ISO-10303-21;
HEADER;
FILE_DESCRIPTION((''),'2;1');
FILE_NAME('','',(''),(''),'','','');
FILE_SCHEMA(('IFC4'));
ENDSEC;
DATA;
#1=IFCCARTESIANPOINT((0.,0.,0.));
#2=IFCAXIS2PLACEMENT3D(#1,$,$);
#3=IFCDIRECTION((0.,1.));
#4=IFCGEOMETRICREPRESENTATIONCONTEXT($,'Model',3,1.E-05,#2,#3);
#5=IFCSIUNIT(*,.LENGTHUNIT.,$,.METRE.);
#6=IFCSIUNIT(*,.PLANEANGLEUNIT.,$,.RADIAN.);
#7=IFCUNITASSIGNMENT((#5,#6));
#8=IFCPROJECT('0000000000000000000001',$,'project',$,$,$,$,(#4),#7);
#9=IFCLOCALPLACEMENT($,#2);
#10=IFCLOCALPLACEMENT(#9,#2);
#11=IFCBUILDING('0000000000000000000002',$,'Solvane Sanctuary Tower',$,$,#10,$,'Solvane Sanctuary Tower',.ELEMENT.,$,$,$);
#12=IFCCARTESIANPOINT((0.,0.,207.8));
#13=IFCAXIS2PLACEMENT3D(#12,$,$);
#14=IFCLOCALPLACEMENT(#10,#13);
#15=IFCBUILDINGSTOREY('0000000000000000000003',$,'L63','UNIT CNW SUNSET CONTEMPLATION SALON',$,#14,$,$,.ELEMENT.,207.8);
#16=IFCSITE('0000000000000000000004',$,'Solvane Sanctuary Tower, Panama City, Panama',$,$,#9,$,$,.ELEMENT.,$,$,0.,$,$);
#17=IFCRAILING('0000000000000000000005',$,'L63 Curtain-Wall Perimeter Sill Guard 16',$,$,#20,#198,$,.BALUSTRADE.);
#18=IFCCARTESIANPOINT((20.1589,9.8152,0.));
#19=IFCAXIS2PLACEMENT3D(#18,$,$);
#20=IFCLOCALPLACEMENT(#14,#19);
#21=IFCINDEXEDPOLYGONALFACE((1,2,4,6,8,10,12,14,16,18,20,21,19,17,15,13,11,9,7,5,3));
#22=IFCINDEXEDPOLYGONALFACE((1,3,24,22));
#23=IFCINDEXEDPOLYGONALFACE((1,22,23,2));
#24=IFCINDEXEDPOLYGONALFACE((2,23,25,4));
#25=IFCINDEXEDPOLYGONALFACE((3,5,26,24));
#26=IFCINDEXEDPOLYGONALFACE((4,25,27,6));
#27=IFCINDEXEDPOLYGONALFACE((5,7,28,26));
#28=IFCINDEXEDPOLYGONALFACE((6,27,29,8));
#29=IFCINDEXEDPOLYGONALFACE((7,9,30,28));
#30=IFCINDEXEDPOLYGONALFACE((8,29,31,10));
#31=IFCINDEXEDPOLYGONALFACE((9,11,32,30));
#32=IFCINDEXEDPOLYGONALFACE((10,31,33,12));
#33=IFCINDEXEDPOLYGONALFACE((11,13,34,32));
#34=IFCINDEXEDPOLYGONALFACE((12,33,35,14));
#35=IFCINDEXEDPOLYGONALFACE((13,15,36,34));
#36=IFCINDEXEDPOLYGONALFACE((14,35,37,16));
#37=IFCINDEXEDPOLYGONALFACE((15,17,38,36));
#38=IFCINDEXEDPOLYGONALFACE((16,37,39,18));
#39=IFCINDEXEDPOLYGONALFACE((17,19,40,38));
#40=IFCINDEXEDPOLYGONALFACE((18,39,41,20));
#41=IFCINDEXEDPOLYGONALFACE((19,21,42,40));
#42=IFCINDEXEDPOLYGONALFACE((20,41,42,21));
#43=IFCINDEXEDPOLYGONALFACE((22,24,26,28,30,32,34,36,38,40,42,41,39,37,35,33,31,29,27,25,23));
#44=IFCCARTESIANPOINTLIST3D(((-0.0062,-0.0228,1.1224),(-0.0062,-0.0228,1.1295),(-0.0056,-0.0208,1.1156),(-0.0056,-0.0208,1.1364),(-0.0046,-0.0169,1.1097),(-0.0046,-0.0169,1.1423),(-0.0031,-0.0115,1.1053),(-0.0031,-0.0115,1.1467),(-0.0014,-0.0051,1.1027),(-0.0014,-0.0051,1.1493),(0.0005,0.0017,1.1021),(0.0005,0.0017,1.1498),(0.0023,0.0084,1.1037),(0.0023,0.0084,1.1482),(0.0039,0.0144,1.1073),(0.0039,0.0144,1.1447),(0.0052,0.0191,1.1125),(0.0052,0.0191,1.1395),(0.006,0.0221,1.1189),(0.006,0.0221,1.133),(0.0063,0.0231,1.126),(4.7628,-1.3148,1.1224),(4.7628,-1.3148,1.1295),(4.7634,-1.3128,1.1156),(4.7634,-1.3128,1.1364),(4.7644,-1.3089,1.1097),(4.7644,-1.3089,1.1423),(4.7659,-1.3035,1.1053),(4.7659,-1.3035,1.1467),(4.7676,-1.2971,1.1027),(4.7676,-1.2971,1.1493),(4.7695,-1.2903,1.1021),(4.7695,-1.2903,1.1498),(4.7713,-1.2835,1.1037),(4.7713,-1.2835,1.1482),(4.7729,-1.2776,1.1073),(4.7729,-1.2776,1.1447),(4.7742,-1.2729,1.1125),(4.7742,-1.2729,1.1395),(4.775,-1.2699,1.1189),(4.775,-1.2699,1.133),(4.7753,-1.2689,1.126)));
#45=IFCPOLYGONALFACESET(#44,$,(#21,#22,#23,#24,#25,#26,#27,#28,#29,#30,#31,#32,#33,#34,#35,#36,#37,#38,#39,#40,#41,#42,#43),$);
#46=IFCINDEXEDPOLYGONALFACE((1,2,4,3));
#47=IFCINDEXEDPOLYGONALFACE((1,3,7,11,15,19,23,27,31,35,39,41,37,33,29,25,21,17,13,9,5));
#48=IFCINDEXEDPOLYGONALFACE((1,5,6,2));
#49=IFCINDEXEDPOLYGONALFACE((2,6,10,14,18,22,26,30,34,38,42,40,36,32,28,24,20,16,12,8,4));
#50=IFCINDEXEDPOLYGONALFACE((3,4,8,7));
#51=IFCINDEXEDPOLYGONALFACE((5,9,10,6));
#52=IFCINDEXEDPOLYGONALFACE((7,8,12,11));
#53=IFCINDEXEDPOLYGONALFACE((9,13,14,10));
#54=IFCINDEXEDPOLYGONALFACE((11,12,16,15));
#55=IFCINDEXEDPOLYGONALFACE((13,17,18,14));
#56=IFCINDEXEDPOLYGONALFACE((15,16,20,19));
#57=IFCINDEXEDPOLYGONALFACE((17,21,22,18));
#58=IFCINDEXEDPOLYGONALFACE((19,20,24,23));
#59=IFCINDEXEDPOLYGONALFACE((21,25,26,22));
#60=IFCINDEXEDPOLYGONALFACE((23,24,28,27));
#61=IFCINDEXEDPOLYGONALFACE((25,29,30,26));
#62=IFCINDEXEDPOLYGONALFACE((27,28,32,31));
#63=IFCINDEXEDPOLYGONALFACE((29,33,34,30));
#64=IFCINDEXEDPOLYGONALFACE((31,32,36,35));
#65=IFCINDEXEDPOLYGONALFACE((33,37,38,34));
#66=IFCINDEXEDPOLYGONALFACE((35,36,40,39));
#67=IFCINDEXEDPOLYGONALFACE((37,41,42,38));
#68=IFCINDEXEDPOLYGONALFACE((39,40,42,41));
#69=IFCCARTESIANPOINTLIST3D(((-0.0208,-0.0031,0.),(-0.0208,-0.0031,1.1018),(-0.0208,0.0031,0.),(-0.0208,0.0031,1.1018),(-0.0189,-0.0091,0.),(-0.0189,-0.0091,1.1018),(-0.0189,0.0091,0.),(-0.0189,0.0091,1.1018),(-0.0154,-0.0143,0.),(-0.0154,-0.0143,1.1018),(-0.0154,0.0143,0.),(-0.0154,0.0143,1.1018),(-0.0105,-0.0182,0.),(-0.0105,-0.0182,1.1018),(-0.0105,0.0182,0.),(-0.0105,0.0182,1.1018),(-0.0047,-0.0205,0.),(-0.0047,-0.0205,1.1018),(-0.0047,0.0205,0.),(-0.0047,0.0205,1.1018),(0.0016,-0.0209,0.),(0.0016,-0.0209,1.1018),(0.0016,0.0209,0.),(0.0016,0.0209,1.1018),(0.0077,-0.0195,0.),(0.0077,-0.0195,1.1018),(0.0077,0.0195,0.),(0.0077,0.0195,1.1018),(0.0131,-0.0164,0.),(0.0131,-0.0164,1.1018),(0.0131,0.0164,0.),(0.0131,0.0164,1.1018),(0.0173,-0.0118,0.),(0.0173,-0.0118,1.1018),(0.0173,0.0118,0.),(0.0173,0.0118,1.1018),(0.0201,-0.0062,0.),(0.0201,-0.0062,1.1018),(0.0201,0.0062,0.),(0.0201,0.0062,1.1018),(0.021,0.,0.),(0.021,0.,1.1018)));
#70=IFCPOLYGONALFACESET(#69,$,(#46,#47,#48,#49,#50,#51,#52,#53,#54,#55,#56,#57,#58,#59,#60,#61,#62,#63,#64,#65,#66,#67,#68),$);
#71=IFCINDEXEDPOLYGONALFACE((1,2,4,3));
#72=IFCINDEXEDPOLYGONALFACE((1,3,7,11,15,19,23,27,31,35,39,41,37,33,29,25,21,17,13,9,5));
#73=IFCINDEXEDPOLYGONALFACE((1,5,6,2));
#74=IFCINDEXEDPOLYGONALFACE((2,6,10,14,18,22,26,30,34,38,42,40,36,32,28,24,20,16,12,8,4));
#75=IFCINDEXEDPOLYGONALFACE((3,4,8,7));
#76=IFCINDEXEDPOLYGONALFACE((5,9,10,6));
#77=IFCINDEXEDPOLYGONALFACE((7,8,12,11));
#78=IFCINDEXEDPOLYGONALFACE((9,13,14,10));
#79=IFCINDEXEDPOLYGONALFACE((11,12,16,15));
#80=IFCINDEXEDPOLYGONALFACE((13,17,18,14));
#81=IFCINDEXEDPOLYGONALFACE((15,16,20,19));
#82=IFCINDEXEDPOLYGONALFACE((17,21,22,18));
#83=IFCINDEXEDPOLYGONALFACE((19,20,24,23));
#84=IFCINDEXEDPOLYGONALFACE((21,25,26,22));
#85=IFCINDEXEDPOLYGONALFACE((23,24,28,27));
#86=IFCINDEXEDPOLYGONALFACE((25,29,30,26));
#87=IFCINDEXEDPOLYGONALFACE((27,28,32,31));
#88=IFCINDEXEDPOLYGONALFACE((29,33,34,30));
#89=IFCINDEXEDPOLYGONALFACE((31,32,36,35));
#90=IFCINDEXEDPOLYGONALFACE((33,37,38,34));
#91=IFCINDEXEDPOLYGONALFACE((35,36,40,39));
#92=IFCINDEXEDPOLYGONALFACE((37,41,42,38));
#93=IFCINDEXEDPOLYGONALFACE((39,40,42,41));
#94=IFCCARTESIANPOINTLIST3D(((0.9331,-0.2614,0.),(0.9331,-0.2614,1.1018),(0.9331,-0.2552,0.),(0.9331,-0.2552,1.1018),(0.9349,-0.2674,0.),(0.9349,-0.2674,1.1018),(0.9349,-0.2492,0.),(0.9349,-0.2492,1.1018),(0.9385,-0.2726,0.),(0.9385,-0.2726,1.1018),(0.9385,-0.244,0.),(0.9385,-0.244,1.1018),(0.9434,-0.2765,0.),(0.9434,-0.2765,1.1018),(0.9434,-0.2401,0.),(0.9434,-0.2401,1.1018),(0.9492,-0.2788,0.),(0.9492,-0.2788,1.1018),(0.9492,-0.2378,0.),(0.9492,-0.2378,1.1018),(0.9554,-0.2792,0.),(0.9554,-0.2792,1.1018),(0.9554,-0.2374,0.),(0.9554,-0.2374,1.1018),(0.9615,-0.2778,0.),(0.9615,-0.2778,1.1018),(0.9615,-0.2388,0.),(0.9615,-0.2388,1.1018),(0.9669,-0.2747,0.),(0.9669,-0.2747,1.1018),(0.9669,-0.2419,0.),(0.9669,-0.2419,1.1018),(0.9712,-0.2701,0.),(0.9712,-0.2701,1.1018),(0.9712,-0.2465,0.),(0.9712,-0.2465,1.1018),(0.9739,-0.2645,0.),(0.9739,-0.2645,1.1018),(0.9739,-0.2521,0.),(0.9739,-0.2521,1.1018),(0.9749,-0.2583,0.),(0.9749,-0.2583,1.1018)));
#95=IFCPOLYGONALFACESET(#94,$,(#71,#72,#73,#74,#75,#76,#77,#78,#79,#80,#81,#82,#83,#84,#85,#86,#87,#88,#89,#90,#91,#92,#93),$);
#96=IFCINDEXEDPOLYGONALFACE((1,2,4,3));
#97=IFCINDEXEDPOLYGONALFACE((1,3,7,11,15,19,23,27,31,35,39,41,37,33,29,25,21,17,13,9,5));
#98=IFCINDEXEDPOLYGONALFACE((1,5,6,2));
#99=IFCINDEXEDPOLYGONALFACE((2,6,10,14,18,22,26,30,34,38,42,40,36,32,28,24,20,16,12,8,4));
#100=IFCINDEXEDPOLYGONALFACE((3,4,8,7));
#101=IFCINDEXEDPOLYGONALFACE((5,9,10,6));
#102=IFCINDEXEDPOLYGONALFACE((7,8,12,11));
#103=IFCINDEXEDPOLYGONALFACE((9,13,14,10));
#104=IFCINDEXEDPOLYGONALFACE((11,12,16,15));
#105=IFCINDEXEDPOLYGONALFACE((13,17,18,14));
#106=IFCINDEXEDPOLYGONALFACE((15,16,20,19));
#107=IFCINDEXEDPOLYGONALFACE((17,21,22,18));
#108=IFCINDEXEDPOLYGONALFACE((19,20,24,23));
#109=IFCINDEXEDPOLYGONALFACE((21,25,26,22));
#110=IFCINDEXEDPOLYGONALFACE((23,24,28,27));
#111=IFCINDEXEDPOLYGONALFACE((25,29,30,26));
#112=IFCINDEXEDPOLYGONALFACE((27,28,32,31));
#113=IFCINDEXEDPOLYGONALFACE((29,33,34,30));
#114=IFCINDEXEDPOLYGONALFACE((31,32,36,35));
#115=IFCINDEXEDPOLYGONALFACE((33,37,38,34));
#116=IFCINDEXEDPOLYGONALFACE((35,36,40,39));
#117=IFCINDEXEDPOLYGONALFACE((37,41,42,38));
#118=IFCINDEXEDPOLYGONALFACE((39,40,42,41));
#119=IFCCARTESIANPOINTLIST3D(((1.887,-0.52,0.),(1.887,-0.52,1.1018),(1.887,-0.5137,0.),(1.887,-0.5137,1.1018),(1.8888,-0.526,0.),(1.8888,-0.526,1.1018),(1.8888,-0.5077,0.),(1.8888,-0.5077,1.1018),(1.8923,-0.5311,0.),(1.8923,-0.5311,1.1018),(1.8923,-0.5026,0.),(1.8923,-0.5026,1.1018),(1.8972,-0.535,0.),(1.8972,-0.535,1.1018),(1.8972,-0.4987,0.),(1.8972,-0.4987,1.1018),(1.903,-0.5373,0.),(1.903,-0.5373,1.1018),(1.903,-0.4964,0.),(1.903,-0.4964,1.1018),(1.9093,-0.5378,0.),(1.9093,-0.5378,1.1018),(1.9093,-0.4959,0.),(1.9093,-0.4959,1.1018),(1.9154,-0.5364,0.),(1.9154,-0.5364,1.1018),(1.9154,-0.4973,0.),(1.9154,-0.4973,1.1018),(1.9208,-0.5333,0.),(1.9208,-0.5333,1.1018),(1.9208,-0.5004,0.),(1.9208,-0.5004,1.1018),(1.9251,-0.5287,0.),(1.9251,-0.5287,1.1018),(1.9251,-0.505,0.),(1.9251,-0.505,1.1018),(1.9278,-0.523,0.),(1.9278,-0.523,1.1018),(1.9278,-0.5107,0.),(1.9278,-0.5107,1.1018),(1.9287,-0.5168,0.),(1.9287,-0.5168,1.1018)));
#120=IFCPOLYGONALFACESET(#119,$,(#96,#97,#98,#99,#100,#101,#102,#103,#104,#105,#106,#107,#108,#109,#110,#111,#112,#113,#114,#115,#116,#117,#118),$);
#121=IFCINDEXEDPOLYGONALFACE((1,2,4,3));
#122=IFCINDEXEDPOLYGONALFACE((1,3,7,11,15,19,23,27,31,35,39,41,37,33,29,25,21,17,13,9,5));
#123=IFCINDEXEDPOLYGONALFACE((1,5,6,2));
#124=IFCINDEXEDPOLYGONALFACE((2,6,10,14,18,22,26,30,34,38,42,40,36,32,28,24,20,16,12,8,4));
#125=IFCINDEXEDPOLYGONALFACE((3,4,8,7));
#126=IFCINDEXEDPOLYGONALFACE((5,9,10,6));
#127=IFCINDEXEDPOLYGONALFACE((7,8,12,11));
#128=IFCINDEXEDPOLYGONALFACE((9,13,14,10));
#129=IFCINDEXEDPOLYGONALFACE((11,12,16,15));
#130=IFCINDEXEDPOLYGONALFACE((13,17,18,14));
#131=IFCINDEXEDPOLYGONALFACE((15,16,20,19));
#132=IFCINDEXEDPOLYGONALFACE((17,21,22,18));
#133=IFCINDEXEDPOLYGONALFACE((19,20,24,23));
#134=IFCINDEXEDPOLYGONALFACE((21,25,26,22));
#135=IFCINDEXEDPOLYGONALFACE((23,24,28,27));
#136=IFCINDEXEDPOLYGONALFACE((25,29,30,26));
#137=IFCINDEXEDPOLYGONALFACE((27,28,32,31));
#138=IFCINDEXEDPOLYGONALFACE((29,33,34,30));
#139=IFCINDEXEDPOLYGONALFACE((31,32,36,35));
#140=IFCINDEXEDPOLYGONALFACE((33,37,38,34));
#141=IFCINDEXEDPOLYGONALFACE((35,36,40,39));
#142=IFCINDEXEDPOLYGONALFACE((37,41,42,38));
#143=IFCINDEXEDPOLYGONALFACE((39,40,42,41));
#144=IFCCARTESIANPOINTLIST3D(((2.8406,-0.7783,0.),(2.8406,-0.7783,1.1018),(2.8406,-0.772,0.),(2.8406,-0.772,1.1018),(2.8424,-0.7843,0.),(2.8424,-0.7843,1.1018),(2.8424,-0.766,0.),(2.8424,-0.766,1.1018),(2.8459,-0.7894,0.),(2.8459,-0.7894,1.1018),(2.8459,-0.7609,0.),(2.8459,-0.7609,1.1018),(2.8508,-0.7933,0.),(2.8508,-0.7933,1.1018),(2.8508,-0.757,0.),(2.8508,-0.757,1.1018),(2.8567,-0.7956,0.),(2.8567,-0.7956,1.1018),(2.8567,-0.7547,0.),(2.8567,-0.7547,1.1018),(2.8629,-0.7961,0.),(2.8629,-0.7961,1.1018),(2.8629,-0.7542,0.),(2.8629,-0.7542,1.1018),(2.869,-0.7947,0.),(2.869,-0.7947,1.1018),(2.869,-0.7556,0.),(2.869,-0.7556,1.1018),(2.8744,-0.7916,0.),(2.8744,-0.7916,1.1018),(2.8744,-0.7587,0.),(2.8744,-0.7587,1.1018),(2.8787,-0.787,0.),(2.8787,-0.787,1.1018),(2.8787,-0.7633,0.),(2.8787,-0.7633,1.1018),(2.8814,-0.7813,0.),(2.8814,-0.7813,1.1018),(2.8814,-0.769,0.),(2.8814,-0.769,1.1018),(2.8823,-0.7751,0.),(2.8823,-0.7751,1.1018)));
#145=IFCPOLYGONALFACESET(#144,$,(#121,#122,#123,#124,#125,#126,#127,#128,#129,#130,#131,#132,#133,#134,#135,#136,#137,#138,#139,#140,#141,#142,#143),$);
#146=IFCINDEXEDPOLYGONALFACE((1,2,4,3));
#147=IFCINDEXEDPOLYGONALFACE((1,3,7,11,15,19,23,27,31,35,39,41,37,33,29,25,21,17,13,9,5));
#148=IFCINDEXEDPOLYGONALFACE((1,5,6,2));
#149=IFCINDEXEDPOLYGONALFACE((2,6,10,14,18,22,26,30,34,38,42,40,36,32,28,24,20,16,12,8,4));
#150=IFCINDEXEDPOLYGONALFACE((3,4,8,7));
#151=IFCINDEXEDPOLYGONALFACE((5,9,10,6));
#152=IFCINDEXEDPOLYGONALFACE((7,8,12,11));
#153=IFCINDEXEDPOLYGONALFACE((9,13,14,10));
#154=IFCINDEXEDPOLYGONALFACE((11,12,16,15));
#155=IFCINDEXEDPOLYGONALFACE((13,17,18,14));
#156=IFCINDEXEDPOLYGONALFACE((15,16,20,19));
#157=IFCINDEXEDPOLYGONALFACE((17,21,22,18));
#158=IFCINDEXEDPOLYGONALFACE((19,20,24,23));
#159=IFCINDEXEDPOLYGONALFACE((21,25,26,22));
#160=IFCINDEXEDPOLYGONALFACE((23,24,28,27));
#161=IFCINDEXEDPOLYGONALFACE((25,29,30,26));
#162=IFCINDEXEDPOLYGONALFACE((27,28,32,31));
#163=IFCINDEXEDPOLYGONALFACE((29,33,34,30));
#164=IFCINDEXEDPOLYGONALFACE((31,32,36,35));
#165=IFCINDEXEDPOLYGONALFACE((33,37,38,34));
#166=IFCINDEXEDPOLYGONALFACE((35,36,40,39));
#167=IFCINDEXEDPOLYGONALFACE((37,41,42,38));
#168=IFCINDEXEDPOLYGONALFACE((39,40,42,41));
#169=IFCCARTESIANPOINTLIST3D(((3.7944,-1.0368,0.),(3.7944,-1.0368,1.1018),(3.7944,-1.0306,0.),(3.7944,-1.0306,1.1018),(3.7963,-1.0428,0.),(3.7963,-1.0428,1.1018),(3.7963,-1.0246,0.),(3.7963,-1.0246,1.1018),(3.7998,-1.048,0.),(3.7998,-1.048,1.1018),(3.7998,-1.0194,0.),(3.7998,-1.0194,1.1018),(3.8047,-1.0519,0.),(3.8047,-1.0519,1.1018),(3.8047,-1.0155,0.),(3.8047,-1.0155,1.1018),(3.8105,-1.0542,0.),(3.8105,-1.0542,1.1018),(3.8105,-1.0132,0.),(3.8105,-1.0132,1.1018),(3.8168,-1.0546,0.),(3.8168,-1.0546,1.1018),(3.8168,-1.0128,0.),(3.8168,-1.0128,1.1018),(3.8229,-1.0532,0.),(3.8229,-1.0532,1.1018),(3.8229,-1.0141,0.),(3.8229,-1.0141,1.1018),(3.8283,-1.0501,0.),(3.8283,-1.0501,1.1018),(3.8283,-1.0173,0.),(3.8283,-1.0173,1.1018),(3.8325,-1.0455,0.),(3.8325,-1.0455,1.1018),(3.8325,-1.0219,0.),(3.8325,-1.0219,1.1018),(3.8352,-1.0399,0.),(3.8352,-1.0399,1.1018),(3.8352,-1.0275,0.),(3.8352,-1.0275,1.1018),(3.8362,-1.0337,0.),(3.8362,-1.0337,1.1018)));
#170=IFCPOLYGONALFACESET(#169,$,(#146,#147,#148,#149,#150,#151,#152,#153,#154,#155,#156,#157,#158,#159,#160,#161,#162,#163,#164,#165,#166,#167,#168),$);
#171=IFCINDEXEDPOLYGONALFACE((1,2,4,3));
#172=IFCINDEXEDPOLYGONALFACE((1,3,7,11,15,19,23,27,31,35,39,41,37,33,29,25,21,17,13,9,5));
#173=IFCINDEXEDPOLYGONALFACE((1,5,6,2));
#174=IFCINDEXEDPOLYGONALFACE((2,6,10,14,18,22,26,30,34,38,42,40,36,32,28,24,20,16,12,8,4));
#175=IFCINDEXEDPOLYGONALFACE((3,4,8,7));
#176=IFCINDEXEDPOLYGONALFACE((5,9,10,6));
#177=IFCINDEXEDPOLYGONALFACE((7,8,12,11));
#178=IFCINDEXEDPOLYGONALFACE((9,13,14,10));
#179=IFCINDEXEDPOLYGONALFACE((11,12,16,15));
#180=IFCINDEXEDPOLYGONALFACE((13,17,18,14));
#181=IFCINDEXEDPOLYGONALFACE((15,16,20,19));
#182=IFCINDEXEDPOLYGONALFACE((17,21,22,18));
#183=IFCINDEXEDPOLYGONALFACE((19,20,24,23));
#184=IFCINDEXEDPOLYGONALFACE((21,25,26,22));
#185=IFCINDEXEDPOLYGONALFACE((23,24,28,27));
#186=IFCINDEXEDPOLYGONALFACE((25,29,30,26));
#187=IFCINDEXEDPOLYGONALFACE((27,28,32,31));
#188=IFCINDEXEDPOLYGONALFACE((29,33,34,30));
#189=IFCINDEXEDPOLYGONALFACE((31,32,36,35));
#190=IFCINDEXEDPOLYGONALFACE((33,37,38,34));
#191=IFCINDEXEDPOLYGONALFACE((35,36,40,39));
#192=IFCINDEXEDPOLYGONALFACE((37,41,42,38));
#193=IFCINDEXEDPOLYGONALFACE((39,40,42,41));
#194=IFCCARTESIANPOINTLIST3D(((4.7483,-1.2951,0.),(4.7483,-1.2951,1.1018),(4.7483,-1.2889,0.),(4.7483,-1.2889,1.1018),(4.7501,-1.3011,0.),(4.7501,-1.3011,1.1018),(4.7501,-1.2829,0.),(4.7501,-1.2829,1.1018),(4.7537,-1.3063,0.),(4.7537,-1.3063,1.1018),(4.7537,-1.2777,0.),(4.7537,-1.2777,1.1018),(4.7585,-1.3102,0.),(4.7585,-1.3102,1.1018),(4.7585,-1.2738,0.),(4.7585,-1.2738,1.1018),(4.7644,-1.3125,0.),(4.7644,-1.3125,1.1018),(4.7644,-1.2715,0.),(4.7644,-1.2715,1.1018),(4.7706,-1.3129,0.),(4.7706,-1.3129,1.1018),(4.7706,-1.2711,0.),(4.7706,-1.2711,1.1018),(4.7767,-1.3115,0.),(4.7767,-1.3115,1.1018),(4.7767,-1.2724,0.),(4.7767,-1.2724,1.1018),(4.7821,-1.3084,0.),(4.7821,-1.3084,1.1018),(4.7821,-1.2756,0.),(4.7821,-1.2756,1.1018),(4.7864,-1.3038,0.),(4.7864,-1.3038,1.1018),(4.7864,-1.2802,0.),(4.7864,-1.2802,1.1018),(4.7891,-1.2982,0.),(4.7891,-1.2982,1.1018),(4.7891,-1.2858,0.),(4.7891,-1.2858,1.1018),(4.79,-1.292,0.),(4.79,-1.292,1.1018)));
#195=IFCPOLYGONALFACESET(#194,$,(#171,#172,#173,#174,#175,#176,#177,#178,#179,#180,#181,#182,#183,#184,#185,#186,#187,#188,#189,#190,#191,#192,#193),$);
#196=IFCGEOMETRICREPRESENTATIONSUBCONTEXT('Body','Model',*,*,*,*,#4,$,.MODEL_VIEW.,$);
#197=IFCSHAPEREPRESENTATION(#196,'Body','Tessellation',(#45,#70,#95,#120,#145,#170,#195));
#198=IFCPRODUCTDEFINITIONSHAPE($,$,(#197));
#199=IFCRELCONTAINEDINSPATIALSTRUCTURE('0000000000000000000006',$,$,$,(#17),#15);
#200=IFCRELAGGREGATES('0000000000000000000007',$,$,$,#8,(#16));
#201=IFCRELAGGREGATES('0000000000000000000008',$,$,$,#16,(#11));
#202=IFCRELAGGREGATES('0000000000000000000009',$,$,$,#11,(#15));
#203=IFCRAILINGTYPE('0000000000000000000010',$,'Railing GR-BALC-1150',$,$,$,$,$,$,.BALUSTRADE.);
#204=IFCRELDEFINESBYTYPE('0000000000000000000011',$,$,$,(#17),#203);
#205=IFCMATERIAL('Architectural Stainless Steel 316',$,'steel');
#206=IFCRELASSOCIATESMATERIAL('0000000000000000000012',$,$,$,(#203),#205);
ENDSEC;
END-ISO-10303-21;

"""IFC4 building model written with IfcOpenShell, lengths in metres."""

from ifc_helpers import new_model, si_unit, direction, frame, origin, origin_2d, place, context, subcontext, project, spatial, circle, extrude, material, type_object, element, save


model = new_model("IFC4")

# Units and contexts
model_context = context("Model", 3, precision=1e-05, world=origin(), true_north=direction((0.0, 1.0)))
body_context = subcontext(model_context, "Body", "Model", "MODEL_VIEW")
ifc_project = project(units=[si_unit("LENGTHUNIT", "METRE"), si_unit("PLANEANGLEUNIT", "RADIAN")], contexts=[model_context])

# Site, building, storey
site_placement = place(None, origin())
site = spatial("IfcSite", under=ifc_project, at=site_placement, Name="Solvane Sanctuary Tower, Panama City, Panama", CompositionType="ELEMENT", RefElevation=0.0)
building_placement = place(site_placement, origin())
building = spatial("IfcBuilding", under=site, at=building_placement, Name="Solvane Sanctuary Tower", LongName="Solvane Sanctuary Tower", CompositionType="ELEMENT")
storey_placement = place(building_placement, frame((0.0, 0.0, 207.8)))
storey = spatial("IfcBuildingStorey", under=building, at=storey_placement, Name="L63", Description="UNIT CNW SUNSET CONTEMPLATION SALON", CompositionType="ELEMENT", Elevation=207.8)

# Shared definitions
ifc_material_1 = material(Name="Architectural Stainless Steel 316", Category="steel")

# Railing
railing_type_1 = type_object("IfcRailingType", Name="Railing GR-BALC-1150", PredefinedType="BALUSTRADE", material=ifc_material_1)
railing_1_placement = place(storey_placement, frame((20.1589, 9.8152, 0.0)))
element("IfcRailing", 1, at=railing_1_placement, inside=storey, type_object=railing_type_1, Name="L63 Curtain-Wall Perimeter Sill Guard 16", PredefinedType="BALUSTRADE", context=body_context, shape_type="SweptSolid", body=[
    extrude(circle(Radius=0.0239, at=origin_2d()), frame((0.0, 0.0, 1.126), z_axis=(0.965207, -0.261486, 0.0), x_axis=(0.261486, 0.965207, 0.0)), (0.0, 0.0, 1.0), 4.9409),
    extrude(circle(Radius=0.021, at=origin_2d()), origin(), (0.0, 0.0, 1.0), 1.1018),
    extrude(circle(Radius=0.021, at=origin_2d()), frame((0.9539, -0.2583, 0.0)), (0.0, 0.0, 1.0), 1.1018),
    extrude(circle(Radius=0.021, at=origin_2d()), frame((1.9077, -0.5168, 0.0)), (0.0, 0.0, 1.0), 1.1018),
    extrude(circle(Radius=0.021, at=origin_2d()), frame((2.8613, -0.7751, 0.0)), (0.0, 0.0, 1.0), 1.1018),
    extrude(circle(Radius=0.021, at=origin_2d()), frame((3.8152, -1.0337, 0.0)), (0.0, 0.0, 1.0), 1.1018),
    extrude(circle(Radius=0.021, at=origin_2d()), frame((4.769, -1.292, 0.0)), (0.0, 0.0, 1.0), 1.1018),
])

save(model, "model.ifc")
